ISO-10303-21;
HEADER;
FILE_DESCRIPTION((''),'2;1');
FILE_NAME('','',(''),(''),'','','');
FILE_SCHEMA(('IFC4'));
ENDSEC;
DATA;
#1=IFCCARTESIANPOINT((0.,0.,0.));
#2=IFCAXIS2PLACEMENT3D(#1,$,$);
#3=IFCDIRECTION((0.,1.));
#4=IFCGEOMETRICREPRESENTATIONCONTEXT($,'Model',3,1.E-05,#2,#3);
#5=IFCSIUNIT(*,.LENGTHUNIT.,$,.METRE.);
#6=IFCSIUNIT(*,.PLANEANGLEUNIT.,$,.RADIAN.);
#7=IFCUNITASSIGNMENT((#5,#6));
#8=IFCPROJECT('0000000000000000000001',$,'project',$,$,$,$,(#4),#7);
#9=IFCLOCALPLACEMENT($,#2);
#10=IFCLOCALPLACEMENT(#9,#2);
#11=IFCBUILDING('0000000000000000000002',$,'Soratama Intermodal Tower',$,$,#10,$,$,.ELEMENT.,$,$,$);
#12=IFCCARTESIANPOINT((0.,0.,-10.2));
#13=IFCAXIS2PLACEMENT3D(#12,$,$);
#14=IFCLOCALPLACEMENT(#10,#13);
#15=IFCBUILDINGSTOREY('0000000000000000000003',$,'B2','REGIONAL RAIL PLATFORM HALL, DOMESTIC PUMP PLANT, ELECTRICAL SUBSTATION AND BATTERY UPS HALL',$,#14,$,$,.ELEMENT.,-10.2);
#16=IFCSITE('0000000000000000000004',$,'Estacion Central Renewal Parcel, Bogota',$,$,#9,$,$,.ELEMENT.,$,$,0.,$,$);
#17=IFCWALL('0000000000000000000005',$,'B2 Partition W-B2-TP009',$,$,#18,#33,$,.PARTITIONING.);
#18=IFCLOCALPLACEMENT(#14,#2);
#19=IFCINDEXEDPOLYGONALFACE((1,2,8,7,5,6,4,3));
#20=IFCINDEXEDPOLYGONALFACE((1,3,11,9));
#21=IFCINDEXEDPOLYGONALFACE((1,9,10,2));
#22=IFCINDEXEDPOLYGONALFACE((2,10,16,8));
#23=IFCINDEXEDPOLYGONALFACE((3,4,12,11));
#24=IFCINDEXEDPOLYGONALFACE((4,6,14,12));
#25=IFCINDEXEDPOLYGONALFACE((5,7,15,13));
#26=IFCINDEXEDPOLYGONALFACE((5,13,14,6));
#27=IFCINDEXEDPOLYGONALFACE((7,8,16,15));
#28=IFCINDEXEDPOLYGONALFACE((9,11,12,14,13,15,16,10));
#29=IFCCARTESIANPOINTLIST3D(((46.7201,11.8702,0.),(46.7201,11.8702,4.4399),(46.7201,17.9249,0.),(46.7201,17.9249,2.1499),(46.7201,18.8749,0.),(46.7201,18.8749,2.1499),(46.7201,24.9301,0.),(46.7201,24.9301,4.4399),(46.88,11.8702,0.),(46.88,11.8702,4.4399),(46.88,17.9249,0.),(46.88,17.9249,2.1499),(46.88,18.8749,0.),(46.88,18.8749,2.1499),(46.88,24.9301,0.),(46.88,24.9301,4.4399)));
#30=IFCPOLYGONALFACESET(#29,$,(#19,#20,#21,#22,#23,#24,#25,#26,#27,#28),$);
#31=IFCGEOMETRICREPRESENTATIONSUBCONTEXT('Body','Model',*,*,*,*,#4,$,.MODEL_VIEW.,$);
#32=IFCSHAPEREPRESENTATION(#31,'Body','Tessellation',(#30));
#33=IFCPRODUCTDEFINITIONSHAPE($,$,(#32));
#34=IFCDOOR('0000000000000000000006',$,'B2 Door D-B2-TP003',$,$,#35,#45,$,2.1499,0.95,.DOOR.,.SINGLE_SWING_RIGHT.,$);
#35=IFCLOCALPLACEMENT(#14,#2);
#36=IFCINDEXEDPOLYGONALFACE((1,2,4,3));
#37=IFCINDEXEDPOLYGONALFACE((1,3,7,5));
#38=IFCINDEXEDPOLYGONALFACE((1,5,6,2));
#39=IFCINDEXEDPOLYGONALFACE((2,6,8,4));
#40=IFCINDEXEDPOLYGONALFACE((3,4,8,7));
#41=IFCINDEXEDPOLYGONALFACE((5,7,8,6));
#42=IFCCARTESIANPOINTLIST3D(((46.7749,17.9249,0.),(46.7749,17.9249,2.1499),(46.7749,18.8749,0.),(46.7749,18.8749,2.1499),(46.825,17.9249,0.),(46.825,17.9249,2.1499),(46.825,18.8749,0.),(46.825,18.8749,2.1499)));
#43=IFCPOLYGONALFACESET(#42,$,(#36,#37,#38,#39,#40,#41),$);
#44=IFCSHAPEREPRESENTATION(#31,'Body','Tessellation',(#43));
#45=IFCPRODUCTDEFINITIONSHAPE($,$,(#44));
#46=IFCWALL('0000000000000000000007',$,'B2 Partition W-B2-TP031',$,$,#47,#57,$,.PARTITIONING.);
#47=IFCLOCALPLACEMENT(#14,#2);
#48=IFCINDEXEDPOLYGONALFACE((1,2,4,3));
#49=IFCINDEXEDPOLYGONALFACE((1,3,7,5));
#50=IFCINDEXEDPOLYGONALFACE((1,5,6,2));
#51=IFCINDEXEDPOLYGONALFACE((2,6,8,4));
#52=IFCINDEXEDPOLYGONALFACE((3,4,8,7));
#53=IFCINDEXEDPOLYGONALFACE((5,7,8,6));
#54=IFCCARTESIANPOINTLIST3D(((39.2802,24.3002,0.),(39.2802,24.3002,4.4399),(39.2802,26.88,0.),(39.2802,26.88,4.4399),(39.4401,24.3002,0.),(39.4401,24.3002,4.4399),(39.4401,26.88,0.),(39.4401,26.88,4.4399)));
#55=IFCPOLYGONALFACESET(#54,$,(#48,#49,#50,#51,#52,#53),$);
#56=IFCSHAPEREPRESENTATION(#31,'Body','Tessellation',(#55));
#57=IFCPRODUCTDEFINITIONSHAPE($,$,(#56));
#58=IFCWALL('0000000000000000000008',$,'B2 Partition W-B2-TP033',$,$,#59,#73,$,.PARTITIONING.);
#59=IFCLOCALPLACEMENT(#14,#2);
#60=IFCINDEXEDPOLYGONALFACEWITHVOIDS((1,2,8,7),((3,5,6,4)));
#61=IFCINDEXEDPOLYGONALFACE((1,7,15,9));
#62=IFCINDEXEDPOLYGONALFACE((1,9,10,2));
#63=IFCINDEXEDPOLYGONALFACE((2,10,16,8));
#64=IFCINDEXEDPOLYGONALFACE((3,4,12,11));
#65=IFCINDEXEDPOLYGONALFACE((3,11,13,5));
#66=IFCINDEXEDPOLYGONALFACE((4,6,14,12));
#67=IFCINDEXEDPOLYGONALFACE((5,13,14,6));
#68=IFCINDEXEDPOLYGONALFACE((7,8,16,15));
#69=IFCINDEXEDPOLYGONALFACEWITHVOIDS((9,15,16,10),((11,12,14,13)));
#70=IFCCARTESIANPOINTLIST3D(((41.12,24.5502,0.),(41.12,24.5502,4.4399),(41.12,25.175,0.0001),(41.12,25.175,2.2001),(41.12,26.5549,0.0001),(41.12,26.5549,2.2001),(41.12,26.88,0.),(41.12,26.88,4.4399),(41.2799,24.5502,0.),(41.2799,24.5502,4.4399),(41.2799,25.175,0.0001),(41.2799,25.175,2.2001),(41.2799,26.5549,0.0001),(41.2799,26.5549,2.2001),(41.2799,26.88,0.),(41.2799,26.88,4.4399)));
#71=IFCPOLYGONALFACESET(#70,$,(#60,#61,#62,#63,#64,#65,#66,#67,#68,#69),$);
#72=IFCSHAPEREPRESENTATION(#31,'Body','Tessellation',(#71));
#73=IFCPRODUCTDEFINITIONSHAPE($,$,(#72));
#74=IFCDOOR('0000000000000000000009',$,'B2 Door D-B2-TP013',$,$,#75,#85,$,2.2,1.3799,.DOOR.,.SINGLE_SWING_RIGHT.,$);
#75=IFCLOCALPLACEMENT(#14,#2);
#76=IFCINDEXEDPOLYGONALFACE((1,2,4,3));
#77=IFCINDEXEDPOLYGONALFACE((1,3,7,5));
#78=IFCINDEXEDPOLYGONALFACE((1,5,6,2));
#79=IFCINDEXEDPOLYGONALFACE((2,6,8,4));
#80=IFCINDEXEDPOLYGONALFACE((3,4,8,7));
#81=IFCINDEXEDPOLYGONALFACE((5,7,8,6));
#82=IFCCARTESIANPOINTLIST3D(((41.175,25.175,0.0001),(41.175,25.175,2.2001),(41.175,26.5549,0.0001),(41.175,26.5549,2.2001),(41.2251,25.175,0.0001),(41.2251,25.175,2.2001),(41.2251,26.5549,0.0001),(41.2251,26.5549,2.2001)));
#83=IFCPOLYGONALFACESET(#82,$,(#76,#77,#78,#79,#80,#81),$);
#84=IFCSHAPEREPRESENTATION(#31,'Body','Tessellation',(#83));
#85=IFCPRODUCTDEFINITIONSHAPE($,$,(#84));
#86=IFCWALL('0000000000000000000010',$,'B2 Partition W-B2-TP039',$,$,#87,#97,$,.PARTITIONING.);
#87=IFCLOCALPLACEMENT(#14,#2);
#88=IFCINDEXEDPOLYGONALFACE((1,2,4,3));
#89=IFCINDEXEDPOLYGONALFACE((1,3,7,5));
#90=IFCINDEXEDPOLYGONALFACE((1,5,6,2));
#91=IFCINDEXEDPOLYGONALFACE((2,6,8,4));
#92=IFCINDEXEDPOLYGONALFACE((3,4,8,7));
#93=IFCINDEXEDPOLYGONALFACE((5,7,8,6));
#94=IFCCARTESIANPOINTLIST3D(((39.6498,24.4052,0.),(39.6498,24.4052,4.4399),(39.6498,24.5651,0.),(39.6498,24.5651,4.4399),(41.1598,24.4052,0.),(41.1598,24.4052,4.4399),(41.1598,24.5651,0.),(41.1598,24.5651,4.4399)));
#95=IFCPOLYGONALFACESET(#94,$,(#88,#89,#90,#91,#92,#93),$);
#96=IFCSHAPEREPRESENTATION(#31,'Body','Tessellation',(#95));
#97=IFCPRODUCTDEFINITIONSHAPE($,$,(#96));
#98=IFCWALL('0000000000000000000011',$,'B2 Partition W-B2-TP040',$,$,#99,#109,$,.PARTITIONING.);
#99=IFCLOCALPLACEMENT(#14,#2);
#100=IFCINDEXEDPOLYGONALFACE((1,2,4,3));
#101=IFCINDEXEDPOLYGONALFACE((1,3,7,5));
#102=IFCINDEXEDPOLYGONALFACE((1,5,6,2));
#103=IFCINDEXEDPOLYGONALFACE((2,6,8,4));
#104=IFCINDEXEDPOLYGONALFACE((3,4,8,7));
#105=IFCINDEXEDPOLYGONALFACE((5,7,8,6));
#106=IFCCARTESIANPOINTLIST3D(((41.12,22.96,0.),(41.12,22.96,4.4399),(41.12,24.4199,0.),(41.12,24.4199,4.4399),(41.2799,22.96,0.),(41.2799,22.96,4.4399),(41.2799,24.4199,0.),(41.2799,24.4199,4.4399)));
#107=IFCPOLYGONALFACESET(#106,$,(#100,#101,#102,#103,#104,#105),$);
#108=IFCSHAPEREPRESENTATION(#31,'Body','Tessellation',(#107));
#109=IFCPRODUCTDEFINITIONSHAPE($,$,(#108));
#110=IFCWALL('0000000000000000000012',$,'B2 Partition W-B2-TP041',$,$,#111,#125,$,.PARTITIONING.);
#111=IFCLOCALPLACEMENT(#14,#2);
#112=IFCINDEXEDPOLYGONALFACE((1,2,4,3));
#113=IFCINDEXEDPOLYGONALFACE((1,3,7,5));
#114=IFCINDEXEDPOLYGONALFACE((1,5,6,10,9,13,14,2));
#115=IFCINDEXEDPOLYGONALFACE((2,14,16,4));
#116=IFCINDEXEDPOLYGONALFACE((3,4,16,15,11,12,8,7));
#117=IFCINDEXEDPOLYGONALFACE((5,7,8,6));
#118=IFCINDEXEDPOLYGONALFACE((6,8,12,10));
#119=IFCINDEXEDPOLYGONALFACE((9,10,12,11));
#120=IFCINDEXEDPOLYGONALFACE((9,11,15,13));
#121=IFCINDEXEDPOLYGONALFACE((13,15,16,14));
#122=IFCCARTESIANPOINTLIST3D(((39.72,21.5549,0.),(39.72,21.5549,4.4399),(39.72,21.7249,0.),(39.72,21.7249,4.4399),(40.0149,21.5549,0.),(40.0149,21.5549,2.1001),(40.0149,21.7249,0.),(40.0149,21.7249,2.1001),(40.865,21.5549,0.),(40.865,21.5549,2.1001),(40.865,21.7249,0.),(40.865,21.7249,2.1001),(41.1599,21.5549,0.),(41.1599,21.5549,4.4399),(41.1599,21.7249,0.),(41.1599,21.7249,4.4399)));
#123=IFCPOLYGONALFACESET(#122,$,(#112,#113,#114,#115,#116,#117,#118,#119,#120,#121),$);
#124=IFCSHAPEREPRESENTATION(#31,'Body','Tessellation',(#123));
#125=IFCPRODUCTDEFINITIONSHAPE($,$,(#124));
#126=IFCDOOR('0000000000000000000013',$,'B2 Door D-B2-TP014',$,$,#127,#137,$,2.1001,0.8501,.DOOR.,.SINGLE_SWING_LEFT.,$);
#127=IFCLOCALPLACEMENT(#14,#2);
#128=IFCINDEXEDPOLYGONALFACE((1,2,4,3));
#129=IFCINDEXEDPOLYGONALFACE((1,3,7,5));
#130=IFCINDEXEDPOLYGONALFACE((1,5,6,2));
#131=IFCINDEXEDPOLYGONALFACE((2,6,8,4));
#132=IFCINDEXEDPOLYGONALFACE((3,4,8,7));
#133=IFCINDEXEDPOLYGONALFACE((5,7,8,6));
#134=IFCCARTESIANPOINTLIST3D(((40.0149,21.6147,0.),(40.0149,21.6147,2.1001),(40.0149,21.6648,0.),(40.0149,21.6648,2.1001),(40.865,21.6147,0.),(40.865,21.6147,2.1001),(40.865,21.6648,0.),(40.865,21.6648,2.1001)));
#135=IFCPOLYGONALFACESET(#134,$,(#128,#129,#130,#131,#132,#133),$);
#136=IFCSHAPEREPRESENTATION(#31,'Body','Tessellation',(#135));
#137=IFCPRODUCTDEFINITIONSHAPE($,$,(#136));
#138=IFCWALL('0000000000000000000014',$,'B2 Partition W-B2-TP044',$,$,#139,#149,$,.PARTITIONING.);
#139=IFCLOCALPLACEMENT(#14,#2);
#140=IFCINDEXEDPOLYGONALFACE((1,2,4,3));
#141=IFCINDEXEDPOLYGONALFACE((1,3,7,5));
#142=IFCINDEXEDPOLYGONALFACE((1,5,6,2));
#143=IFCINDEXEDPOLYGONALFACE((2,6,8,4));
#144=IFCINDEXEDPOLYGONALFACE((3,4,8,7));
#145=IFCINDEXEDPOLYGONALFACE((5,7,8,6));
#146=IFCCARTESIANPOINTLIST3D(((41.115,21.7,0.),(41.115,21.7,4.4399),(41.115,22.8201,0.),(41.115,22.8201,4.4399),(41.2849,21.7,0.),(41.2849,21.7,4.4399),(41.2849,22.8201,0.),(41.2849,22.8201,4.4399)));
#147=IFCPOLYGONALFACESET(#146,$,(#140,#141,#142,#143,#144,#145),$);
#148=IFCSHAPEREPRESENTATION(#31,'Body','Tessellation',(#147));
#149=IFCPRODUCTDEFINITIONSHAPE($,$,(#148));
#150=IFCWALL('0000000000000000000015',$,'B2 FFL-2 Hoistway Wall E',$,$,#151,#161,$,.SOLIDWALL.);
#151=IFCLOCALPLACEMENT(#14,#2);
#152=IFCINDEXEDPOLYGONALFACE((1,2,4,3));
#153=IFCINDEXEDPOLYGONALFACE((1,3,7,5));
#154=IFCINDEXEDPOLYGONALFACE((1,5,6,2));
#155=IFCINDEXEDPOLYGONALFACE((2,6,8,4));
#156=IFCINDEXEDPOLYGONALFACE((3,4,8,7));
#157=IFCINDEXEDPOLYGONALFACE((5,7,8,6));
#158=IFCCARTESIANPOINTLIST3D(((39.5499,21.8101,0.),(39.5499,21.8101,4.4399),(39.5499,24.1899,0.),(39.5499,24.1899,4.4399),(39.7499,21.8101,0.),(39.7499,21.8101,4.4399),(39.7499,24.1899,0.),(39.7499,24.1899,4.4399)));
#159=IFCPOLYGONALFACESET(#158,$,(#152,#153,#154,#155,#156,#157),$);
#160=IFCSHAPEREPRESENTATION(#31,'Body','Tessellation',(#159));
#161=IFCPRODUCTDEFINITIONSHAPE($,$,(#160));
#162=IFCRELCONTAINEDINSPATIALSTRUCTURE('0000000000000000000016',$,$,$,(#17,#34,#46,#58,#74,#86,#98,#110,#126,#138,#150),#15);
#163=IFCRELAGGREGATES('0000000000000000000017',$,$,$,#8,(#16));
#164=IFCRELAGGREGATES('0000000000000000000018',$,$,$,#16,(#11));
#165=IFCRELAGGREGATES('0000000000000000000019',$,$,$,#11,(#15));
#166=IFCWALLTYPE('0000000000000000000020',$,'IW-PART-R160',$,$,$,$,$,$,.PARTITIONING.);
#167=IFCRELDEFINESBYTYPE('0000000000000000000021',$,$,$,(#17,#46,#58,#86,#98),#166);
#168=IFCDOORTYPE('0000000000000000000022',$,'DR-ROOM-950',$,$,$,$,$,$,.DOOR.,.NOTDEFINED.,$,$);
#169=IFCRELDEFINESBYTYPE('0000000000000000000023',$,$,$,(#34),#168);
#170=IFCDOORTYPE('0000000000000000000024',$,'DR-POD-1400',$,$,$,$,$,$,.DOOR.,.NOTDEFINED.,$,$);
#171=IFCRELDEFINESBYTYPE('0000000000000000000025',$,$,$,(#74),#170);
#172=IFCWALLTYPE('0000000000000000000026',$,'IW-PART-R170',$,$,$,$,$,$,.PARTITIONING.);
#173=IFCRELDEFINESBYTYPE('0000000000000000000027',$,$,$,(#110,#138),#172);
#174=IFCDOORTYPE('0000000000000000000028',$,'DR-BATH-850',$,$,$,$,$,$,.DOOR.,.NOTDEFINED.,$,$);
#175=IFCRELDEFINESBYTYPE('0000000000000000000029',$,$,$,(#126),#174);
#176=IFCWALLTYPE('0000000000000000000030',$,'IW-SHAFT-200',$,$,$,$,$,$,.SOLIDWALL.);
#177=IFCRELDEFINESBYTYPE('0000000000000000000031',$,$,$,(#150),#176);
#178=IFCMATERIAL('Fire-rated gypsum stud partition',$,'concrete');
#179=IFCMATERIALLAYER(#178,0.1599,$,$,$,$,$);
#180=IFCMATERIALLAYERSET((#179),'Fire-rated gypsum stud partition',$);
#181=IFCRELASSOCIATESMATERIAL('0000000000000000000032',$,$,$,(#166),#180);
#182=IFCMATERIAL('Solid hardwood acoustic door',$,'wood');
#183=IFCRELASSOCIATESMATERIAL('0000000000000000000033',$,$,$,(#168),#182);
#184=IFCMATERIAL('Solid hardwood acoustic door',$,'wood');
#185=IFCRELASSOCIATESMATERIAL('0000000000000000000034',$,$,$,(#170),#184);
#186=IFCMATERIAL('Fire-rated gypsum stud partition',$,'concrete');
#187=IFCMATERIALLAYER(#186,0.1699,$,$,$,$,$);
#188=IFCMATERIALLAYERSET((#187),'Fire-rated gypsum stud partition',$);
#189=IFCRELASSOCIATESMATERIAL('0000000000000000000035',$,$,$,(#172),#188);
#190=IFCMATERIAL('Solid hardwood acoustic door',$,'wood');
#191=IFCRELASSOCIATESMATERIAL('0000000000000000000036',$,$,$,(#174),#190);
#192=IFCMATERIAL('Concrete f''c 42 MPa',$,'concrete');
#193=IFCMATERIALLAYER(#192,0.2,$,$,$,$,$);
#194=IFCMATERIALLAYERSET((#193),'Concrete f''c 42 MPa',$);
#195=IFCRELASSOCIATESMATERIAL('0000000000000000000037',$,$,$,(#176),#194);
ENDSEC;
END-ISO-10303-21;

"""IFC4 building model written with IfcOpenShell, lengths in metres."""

from ifc_helpers import new_model, si_unit, direction, frame, frame_2d, origin, place, context, subcontext, project, spatial, rectangle, extrude, material, layer, layer_set, type_object, element, fill, save


model = new_model("IFC4")

# Units and contexts
model_context = context("Model", 3, precision=1e-05, world=origin(), true_north=direction((0.0, 1.0)))
body_context = subcontext(model_context, "Body", "Model", "MODEL_VIEW")
ifc_project = project(units=[si_unit("LENGTHUNIT", "METRE"), si_unit("PLANEANGLEUNIT", "RADIAN")], contexts=[model_context])

# Site, building, storey
site_placement = place(None, origin())
site = spatial("IfcSite", under=ifc_project, at=site_placement, Name="Estacion Central Renewal Parcel, Bogota", CompositionType="ELEMENT", RefElevation=0.0)
building_placement = place(site_placement, origin())
building = spatial("IfcBuilding", under=site, at=building_placement, Name="Soratama Intermodal Tower", CompositionType="ELEMENT")
storey_placement = place(building_placement, frame((0.0, 0.0, -10.2)))
storey = spatial("IfcBuildingStorey", under=building, at=storey_placement, Name="B2", Description="REGIONAL RAIL PLATFORM HALL, DOMESTIC PUMP PLANT, ELECTRICAL SUBSTATION AND BATTERY UPS HALL", CompositionType="ELEMENT", Elevation=-10.2)

# Shared definitions
ifc_material_1 = material(Name="Fire-rated gypsum stud partition", Category="concrete")
ifc_layer_1 = layer(ifc_material_1, 0.1599)
ifc_layer_set_1 = layer_set([ifc_layer_1], Name="Fire-rated gypsum stud partition")
wall_type_1 = type_object("IfcWallType", Name="IW-PART-R160", PredefinedType="PARTITIONING", material=ifc_layer_set_1)

# Wall, opening, door
wall_1_placement = place(storey_placement, frame((46.8, 24.9299, 0.0), z_axis=(0.0, 0.0, 1.0), x_axis=(0.0, -1.0, 0.0)))
wall_1 = element("IfcWall", 1, at=wall_1_placement, inside=storey, type_object=wall_type_1, Name="B2 Partition W-B2-TP009", PredefinedType="PARTITIONING", context=body_context, shape_type="SweptSolid", body=[
    extrude(rectangle(XDim=13.0598, YDim=0.1599, at=frame_2d((6.5298, 0.0))), origin(), (0.0, 0.0, 1.0), 4.4399),
])
opening_1_placement = place(wall_1_placement, frame((6.0549, 0.0, 0.0)))
opening_1 = element("IfcOpeningElement", 2, at=opening_1_placement, cuts=wall_1, PredefinedType="OPENING", context=body_context, shape_type="SweptSolid", body=[
    extrude(rectangle(XDim=0.95, YDim=2.1499, at=frame_2d((0.4751, 1.075))), frame((0.0, 0.0898, 0.0), z_axis=(0.0, -1.0, 0.0), x_axis=(1.0, 0.0, 0.0)), (0.0, 0.0, 1.0), 0.1799),
])
ifc_material_2 = material(Name="Solid hardwood acoustic door", Category="wood")
door_type_1 = type_object("IfcDoorType", Name="DR-ROOM-950", OperationType="NOTDEFINED", PredefinedType="DOOR", material=ifc_material_2)
door_1_placement = place(opening_1_placement, origin())
door_1 = element("IfcDoor", 3, at=door_1_placement, inside=storey, type_object=door_type_1, Name="B2 Door D-B2-TP003", OperationType="SINGLE_SWING_RIGHT", OverallHeight=2.1499, OverallWidth=0.95, PredefinedType="DOOR", context=body_context, shape_type="SweptSolid", body=[
    extrude(rectangle(XDim=0.95, YDim=2.1499, at=frame_2d((0.4751, 1.075))), frame((0.0, 0.0249, 0.0), z_axis=(0.0, -1.0, 0.0), x_axis=(1.0, 0.0, 0.0)), (0.0, 0.0, 1.0), 0.05),
])
fill(opening_1, door_1)

# Wall
wall_2_placement = place(storey_placement, frame((39.3601, 24.3, 0.0), z_axis=(0.0, 0.0, 1.0), x_axis=(0.0, 1.0, 0.0)))
element("IfcWall", 4, at=wall_2_placement, inside=storey, type_object=wall_type_1, Name="B2 Partition W-B2-TP031", PredefinedType="PARTITIONING", context=body_context, shape_type="SweptSolid", body=[
    extrude(rectangle(XDim=2.5798, YDim=0.1599, at=frame_2d((1.29, 0.0))), origin(), (0.0, 0.0, 1.0), 4.4399),
])

# Wall, opening, door
wall_3_placement = place(storey_placement, frame((41.2, 24.55, 0.0), z_axis=(0.0, 0.0, 1.0), x_axis=(0.0, 1.0, 0.0)))
wall_3 = element("IfcWall", 5, at=wall_3_placement, inside=storey, type_object=wall_type_1, Name="B2 Partition W-B2-TP033", PredefinedType="PARTITIONING", context=body_context, shape_type="SweptSolid", body=[
    extrude(rectangle(XDim=2.3298, YDim=0.1599, at=frame_2d((1.165, 0.0))), origin(), (0.0, 0.0, 1.0), 4.4399),
])
opening_2_placement = place(wall_3_placement, frame((0.625, 0.0, 0.0)))
opening_2 = element("IfcOpeningElement", 6, at=opening_2_placement, cuts=wall_3, PredefinedType="OPENING", context=body_context, shape_type="SweptSolid", body=[
    extrude(rectangle(XDim=1.3799, YDim=2.2, at=frame_2d((0.6899, 1.1001))), frame((0.0, 0.0898, 0.0), z_axis=(0.0, -1.0, 0.0), x_axis=(1.0, 0.0, 0.0)), (0.0, 0.0, 1.0), 0.1799),
])
ifc_material_3 = material(Name="Solid hardwood acoustic door", Category="wood")
door_type_2 = type_object("IfcDoorType", Name="DR-POD-1400", OperationType="NOTDEFINED", PredefinedType="DOOR", material=ifc_material_3)
door_2_placement = place(opening_2_placement, origin())
door_2 = element("IfcDoor", 7, at=door_2_placement, inside=storey, type_object=door_type_2, Name="B2 Door D-B2-TP013", OperationType="SINGLE_SWING_RIGHT", OverallHeight=2.2, OverallWidth=1.3799, PredefinedType="DOOR", context=body_context, shape_type="SweptSolid", body=[
    extrude(rectangle(XDim=1.3799, YDim=2.2, at=frame_2d((0.6899, 1.1001))), frame((0.0, 0.0249, 0.0), z_axis=(0.0, -1.0, 0.0), x_axis=(1.0, 0.0, 0.0)), (0.0, 0.0, 1.0), 0.05),
])
fill(opening_2, door_2)

# Walls
wall_4_placement = place(storey_placement, frame((39.6499, 24.4851, 0.0), z_axis=(0.0, 0.0, 1.0), x_axis=(1.0, 0.0, 0.0)))
element("IfcWall", 8, at=wall_4_placement, inside=storey, type_object=wall_type_1, Name="B2 Partition W-B2-TP039", PredefinedType="PARTITIONING", context=body_context, shape_type="SweptSolid", body=[
    extrude(rectangle(XDim=1.51, YDim=0.1599, at=frame_2d((0.7549, 0.0))), origin(), (0.0, 0.0, 1.0), 4.4399),
])
wall_5_placement = place(storey_placement, frame((41.2, 22.96, 0.0), z_axis=(0.0, 0.0, 1.0), x_axis=(0.0, 1.0, 0.0)))
element("IfcWall", 9, at=wall_5_placement, inside=storey, type_object=wall_type_1, Name="B2 Partition W-B2-TP040", PredefinedType="PARTITIONING", context=body_context, shape_type="SweptSolid", body=[
    extrude(rectangle(XDim=1.46, YDim=0.1599, at=frame_2d((0.73, 0.0))), origin(), (0.0, 0.0, 1.0), 4.4399),
])

# Wall, opening, door
ifc_material_4 = material(Name="Fire-rated gypsum stud partition", Category="concrete")
ifc_layer_2 = layer(ifc_material_4, 0.1699)
ifc_layer_set_2 = layer_set([ifc_layer_2], Name="Fire-rated gypsum stud partition")
wall_type_2 = type_object("IfcWallType", Name="IW-PART-R170", PredefinedType="PARTITIONING", material=ifc_layer_set_2)
wall_6_placement = place(storey_placement, frame((39.72, 21.6399, 0.0), z_axis=(0.0, 0.0, 1.0), x_axis=(1.0, 0.0, 0.0)))
wall_6 = element("IfcWall", 10, at=wall_6_placement, inside=storey, type_object=wall_type_2, Name="B2 Partition W-B2-TP041", PredefinedType="PARTITIONING", context=body_context, shape_type="SweptSolid", body=[
    extrude(rectangle(XDim=1.4399, YDim=0.1699, at=frame_2d((0.72, 0.0))), origin(), (0.0, 0.0, 1.0), 4.4399),
])
opening_3_placement = place(wall_6_placement, frame((0.2949, 0.0, 0.0)))
opening_3 = element("IfcOpeningElement", 11, at=opening_3_placement, cuts=wall_6, PredefinedType="OPENING", context=body_context, shape_type="SweptSolid", body=[
    extrude(rectangle(XDim=0.8501, YDim=2.1001, at=frame_2d((0.425, 1.05))), frame((0.0, 0.095, 0.0), z_axis=(0.0, -1.0, 0.0), x_axis=(1.0, 0.0, 0.0)), (0.0, 0.0, 1.0), 0.1899),
])
ifc_material_5 = material(Name="Solid hardwood acoustic door", Category="wood")
door_type_3 = type_object("IfcDoorType", Name="DR-BATH-850", OperationType="NOTDEFINED", PredefinedType="DOOR", material=ifc_material_5)
door_3_placement = place(opening_3_placement, origin())
door_3 = element("IfcDoor", 12, at=door_3_placement, inside=storey, type_object=door_type_3, Name="B2 Door D-B2-TP014", OperationType="SINGLE_SWING_LEFT", OverallHeight=2.1001, OverallWidth=0.8501, PredefinedType="DOOR", context=body_context, shape_type="SweptSolid", body=[
    extrude(rectangle(XDim=0.8501, YDim=2.1001, at=frame_2d((0.425, 1.05))), frame((0.0, 0.0249, 0.0), z_axis=(0.0, -1.0, 0.0), x_axis=(1.0, 0.0, 0.0)), (0.0, 0.0, 1.0), 0.05),
])
fill(opening_3, door_3)

# Walls
wall_7_placement = place(storey_placement, frame((41.2, 21.7, 0.0), z_axis=(0.0, 0.0, 1.0), x_axis=(0.0, 1.0, 0.0)))
element("IfcWall", 13, at=wall_7_placement, inside=storey, type_object=wall_type_2, Name="B2 Partition W-B2-TP044", PredefinedType="PARTITIONING", context=body_context, shape_type="SweptSolid", body=[
    extrude(rectangle(XDim=1.1201, YDim=0.1699, at=frame_2d((0.5601, 0.0))), origin(), (0.0, 0.0, 1.0), 4.4399),
])
ifc_material_6 = material(Name="Concrete f'c 42 MPa", Category="concrete")
ifc_layer_3 = layer(ifc_material_6, 0.2)
ifc_layer_set_3 = layer_set([ifc_layer_3], Name="Concrete f'c 42 MPa")
wall_type_3 = type_object("IfcWallType", Name="IW-SHAFT-200", PredefinedType="SOLIDWALL", material=ifc_layer_set_3)
wall_8_placement = place(storey_placement, frame((39.6499, 21.8101, 0.0), z_axis=(0.0, 0.0, 1.0), x_axis=(0.0, 1.0, 0.0)))
element("IfcWall", 14, at=wall_8_placement, inside=storey, type_object=wall_type_3, Name="B2 FFL-2 Hoistway Wall E", PredefinedType="SOLIDWALL", context=body_context, shape_type="SweptSolid", body=[
    extrude(rectangle(XDim=2.3799, YDim=0.2, at=frame_2d((1.1899, 0.0))), origin(), (0.0, 0.0, 1.0), 4.4399),
])

save(model, "model.ifc")
